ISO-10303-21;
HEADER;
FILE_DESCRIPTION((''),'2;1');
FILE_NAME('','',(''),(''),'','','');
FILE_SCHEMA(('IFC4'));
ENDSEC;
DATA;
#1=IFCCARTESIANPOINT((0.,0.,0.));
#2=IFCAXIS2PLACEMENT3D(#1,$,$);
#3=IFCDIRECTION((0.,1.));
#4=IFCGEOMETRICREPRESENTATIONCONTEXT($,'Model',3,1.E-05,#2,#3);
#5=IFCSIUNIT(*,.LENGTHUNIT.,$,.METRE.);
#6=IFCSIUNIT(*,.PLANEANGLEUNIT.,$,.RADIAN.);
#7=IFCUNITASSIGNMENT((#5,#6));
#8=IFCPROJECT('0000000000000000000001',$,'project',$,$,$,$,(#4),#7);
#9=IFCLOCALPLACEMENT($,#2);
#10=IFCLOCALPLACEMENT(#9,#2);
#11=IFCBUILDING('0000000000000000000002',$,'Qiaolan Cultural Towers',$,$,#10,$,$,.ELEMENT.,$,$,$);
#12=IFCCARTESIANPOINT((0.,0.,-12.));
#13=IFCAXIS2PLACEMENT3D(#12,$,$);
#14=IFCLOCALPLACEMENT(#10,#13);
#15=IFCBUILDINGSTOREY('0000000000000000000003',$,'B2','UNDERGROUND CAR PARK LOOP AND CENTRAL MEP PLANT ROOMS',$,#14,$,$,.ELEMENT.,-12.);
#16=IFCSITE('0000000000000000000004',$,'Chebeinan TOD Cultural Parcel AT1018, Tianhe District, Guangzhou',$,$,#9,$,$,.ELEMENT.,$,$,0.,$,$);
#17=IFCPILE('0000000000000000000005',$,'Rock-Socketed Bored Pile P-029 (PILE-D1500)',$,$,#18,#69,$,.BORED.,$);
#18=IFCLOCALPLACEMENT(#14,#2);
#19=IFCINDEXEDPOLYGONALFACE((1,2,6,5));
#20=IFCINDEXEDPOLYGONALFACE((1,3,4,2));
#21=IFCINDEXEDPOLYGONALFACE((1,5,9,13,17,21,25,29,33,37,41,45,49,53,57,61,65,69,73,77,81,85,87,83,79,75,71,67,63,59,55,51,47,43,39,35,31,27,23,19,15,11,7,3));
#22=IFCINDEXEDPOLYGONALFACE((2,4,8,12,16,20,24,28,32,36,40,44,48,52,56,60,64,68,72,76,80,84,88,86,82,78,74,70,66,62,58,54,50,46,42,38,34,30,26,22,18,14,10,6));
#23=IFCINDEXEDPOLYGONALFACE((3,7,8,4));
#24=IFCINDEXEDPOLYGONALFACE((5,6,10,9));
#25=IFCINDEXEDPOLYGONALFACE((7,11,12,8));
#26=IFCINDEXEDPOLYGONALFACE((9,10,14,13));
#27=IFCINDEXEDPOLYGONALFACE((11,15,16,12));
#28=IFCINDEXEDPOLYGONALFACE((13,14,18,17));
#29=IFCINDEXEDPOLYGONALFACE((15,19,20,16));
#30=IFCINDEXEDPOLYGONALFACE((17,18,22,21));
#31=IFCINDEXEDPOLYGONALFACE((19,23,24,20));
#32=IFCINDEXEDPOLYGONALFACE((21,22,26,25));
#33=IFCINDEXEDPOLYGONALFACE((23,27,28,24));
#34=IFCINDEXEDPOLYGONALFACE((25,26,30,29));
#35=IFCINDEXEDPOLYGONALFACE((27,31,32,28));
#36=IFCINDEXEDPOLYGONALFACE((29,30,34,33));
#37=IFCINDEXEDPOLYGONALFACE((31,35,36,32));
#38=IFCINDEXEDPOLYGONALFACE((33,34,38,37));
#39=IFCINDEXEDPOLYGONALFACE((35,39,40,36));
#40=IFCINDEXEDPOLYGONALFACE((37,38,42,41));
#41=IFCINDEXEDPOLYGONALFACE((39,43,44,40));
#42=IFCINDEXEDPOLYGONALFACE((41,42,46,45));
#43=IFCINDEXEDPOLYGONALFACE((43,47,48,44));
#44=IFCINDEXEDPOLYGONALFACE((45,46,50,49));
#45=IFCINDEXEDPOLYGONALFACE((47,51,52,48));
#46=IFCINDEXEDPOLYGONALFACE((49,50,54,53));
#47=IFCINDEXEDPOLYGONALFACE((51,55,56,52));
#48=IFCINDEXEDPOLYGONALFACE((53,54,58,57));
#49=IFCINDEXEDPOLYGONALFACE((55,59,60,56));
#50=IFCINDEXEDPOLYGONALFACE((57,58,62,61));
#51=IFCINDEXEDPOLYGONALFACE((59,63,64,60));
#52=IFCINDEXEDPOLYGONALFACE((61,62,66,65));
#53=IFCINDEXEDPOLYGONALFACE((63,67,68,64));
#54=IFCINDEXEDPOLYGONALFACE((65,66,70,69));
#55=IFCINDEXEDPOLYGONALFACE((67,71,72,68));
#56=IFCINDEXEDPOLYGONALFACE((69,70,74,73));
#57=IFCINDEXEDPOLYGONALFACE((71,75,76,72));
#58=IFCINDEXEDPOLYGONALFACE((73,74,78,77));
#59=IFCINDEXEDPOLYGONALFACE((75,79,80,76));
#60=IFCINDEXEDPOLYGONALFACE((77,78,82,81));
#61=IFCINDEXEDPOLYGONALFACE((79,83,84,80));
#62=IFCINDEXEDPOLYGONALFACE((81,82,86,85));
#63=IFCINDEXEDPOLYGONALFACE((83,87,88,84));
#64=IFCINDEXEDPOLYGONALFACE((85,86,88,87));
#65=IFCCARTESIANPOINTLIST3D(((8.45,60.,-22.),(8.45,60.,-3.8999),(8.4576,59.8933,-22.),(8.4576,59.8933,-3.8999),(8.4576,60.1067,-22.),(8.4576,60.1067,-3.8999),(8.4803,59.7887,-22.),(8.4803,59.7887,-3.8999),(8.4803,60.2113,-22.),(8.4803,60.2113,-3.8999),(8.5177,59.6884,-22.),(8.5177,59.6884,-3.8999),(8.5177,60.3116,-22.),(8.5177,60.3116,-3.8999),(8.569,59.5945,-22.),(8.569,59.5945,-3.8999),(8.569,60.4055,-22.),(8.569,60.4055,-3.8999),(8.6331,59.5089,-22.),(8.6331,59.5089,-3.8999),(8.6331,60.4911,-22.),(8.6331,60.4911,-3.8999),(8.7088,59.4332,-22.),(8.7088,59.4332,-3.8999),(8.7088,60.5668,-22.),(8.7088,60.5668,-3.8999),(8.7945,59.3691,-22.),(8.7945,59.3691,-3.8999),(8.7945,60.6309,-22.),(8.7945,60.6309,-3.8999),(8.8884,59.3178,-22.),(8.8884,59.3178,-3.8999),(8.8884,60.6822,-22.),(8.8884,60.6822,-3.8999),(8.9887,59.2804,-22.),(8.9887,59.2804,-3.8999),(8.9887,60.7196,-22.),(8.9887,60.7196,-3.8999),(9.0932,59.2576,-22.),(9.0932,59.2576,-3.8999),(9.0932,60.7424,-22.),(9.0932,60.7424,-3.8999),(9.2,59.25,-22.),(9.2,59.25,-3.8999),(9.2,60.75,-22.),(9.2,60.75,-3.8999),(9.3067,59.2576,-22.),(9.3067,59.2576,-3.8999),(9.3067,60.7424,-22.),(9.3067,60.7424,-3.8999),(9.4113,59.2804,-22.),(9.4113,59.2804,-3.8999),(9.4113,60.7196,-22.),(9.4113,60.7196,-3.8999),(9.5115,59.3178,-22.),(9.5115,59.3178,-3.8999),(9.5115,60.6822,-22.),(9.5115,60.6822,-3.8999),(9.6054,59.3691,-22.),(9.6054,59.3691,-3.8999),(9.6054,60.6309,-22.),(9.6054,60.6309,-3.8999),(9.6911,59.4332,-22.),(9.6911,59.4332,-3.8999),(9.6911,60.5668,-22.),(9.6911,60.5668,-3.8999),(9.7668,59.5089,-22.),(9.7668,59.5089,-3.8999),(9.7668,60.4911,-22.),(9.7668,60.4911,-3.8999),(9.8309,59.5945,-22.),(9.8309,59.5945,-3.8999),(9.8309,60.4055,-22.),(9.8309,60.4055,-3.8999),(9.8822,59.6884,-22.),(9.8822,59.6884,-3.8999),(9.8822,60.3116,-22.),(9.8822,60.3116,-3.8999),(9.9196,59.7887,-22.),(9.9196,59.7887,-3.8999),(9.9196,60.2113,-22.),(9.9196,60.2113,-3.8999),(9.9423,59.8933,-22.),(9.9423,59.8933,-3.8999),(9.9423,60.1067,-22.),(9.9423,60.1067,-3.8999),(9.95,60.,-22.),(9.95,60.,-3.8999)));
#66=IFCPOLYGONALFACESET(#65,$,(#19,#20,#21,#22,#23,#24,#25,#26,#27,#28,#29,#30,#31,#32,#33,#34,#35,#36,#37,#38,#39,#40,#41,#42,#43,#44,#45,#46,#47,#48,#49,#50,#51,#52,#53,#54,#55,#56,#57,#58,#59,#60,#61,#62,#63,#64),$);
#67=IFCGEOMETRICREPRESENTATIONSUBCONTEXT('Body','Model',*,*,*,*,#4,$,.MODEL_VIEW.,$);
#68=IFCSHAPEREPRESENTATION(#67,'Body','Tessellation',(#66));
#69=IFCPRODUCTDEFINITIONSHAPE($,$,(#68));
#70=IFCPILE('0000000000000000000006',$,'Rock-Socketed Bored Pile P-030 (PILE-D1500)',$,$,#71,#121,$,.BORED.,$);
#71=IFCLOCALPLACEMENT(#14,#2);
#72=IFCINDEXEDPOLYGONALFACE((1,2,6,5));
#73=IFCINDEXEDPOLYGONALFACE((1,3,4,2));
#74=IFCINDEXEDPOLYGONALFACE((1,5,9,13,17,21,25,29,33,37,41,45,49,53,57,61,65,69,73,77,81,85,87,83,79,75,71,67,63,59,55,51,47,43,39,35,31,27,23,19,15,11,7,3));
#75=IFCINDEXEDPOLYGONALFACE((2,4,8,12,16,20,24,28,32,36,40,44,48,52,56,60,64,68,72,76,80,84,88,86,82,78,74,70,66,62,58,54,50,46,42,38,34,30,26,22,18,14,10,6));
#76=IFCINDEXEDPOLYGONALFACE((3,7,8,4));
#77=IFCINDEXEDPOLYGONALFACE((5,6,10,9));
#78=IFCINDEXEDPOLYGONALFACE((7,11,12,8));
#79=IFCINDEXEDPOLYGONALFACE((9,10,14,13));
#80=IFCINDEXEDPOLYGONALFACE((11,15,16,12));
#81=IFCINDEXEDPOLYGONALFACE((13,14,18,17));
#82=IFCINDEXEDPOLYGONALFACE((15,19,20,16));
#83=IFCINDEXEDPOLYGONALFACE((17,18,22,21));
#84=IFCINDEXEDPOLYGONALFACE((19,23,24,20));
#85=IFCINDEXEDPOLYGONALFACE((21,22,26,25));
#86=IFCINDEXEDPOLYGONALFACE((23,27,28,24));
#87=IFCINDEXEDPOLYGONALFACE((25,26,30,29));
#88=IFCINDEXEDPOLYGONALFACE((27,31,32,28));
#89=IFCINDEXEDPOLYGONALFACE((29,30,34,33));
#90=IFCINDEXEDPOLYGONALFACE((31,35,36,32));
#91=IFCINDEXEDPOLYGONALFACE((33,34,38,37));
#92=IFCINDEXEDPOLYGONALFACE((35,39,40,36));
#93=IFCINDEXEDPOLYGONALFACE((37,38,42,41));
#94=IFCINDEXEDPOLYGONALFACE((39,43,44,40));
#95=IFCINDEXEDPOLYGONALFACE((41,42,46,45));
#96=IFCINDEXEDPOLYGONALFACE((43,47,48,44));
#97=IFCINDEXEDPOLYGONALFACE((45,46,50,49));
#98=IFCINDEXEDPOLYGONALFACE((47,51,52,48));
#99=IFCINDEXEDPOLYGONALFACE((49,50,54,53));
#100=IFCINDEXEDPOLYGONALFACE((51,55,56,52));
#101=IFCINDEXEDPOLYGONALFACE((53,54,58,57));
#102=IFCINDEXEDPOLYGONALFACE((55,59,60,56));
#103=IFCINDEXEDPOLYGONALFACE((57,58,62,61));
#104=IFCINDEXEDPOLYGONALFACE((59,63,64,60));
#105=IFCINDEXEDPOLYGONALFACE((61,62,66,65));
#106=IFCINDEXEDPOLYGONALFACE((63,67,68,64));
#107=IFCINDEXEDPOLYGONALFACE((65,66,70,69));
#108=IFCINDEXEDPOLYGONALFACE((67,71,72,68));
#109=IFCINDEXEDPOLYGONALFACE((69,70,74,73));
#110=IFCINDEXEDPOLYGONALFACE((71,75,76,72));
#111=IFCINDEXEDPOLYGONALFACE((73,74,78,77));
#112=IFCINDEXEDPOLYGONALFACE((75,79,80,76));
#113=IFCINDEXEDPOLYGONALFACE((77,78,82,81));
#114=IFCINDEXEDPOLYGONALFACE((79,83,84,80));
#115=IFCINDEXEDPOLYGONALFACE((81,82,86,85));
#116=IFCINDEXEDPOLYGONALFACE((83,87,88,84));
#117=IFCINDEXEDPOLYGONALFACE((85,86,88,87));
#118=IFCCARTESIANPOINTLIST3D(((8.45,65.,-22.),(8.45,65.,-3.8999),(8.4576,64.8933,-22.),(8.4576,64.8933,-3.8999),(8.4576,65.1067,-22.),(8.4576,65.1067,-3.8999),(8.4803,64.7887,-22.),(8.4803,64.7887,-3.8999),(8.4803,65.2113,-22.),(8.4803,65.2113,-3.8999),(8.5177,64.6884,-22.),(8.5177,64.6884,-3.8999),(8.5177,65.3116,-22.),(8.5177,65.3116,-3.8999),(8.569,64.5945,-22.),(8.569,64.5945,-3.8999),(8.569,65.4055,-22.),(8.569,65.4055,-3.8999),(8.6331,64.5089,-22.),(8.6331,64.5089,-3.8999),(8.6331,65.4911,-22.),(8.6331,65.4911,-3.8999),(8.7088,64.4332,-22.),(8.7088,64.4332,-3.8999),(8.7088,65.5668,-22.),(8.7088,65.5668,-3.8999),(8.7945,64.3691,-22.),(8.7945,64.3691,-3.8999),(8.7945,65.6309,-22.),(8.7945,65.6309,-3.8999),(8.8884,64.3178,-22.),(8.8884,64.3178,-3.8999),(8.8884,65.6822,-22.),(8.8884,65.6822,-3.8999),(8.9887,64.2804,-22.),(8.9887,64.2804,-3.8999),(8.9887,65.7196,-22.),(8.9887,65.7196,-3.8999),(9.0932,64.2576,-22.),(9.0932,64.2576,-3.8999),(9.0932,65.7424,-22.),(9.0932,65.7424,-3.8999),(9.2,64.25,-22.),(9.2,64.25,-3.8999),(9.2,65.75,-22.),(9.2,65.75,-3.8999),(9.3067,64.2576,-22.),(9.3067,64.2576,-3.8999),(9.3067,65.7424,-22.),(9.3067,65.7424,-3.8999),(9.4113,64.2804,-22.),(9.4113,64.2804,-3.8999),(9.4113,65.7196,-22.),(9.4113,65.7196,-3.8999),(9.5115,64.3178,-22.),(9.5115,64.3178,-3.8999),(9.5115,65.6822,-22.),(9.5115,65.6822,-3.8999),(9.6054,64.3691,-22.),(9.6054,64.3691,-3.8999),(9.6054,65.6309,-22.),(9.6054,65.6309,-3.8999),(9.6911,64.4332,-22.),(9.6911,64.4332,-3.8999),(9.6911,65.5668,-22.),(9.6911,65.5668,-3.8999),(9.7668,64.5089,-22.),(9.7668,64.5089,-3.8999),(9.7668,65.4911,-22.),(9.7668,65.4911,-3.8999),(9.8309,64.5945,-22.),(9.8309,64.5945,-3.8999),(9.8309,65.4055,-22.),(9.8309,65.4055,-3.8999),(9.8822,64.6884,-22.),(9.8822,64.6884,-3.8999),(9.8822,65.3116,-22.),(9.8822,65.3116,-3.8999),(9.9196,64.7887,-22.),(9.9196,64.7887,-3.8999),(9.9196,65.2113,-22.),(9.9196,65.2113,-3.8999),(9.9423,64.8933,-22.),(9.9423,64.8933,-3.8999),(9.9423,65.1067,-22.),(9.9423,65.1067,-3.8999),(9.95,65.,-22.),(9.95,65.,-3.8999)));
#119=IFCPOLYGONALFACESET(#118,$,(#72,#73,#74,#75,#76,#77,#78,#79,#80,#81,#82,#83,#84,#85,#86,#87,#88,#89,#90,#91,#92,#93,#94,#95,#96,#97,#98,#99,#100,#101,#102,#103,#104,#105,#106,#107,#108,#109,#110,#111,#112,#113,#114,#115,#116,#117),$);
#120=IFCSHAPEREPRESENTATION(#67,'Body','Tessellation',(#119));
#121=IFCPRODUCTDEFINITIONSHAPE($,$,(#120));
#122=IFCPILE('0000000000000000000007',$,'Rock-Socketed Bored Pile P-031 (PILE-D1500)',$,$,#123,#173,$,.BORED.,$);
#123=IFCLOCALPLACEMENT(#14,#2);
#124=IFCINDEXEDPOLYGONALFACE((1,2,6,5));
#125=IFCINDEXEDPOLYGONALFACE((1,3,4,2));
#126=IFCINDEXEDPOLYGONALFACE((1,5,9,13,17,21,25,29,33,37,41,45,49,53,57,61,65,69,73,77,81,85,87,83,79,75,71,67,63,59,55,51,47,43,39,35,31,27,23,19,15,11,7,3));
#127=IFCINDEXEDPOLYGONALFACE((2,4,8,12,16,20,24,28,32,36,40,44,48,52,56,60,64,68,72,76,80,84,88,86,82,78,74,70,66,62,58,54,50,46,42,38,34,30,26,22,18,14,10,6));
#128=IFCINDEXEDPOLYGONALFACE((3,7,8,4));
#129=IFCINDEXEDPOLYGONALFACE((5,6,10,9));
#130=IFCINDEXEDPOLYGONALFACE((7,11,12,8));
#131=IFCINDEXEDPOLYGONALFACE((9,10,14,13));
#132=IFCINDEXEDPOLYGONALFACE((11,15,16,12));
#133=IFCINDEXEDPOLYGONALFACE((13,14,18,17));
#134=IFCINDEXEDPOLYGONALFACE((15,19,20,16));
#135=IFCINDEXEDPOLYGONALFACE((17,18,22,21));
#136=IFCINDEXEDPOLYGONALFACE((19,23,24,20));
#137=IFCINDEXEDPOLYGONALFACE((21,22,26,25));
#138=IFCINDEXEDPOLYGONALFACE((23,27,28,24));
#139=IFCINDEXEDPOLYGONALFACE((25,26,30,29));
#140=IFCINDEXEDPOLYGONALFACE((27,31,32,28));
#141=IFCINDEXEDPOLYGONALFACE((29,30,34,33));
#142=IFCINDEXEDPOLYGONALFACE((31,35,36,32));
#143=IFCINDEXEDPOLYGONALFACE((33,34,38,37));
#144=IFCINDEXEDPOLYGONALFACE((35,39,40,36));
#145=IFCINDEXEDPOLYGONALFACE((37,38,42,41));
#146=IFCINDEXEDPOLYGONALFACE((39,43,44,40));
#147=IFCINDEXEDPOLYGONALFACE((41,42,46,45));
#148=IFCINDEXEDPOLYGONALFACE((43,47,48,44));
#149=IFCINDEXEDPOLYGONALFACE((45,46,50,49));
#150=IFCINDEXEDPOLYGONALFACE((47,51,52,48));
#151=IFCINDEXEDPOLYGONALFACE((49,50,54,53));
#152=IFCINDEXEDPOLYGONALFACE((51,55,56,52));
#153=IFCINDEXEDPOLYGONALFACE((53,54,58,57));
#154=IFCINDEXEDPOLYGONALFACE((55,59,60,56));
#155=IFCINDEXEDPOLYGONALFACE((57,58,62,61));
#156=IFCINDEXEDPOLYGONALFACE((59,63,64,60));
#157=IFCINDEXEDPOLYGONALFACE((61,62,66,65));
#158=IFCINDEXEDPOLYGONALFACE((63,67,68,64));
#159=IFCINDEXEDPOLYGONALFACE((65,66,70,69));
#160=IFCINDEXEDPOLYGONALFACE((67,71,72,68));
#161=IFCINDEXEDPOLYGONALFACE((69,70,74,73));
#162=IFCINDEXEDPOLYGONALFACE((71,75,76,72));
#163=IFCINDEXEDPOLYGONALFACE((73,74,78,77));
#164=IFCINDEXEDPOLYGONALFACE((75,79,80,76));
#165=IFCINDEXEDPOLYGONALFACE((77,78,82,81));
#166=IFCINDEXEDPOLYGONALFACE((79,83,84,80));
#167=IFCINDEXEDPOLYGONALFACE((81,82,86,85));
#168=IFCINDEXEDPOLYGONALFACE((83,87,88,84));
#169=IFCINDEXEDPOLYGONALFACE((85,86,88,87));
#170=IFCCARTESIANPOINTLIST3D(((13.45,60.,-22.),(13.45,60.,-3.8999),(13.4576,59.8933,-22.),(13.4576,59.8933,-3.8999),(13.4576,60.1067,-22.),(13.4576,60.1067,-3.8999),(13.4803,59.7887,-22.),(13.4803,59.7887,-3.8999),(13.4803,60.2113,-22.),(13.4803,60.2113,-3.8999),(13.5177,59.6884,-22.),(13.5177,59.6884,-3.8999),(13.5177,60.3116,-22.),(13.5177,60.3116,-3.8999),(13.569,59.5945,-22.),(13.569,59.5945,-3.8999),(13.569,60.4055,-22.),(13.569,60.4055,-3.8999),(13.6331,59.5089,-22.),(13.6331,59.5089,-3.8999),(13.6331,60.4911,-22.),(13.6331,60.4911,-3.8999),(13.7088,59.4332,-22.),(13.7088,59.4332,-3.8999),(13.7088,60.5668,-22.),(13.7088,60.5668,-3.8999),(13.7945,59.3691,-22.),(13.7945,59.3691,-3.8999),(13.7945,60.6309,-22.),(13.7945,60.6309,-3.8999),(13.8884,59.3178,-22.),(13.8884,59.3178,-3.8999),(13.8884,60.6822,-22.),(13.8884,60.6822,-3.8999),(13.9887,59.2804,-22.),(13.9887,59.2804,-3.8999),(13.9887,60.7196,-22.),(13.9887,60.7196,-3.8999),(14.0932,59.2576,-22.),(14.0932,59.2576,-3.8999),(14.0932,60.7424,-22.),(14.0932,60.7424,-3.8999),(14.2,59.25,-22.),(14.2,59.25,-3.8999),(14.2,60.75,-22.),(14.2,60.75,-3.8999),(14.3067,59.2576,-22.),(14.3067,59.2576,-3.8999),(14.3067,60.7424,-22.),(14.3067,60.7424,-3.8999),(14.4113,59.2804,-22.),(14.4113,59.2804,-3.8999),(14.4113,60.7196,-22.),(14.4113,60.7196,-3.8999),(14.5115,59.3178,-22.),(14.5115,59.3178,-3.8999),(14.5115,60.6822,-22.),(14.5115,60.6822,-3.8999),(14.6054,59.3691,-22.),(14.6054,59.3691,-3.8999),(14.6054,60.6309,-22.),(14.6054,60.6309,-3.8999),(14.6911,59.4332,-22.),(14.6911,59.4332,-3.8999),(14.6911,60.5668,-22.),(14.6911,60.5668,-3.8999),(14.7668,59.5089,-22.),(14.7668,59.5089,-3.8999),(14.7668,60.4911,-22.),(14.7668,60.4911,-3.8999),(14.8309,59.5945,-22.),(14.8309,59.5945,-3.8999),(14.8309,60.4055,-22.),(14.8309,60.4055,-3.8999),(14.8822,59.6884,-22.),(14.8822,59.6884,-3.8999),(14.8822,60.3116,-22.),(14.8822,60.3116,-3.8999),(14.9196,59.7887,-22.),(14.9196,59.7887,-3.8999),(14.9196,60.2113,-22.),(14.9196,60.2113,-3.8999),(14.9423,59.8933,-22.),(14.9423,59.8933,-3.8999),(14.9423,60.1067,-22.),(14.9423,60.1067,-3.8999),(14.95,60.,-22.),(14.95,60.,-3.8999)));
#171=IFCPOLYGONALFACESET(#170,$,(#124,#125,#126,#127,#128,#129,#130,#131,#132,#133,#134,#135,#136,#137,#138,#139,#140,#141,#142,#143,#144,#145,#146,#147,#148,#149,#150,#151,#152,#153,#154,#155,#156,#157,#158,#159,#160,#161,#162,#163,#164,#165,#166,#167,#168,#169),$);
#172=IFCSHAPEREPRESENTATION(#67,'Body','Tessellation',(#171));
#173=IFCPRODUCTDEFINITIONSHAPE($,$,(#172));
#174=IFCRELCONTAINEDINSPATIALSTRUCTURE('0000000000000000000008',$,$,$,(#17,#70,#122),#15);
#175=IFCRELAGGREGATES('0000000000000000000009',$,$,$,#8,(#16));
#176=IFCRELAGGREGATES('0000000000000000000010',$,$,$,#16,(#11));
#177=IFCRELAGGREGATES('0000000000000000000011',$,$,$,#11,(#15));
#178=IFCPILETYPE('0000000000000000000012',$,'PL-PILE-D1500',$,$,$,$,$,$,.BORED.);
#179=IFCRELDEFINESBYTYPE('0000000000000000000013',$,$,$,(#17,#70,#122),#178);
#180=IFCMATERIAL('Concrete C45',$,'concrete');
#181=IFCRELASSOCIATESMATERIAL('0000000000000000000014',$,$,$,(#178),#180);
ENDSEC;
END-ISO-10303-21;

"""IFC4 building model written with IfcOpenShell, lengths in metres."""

from ifc_helpers import new_model, si_unit, direction, frame, origin, origin_2d, place, context, subcontext, project, spatial, circle, extrude, material, material_profile, profile_set, type_object, element, save


model = new_model("IFC4")

# Units and contexts
model_context = context("Model", 3, precision=1e-05, world=origin(), true_north=direction((0.0, 1.0)))
body_context = subcontext(model_context, "Body", "Model", "MODEL_VIEW")
ifc_project = project(units=[si_unit("LENGTHUNIT", "METRE"), si_unit("PLANEANGLEUNIT", "RADIAN")], contexts=[model_context])

# Site, building, storey
site_placement = place(None, origin())
site = spatial("IfcSite", under=ifc_project, at=site_placement, Name="Chebeinan TOD Cultural Parcel AT1018, Tianhe District, Guangzhou", CompositionType="ELEMENT", RefElevation=0.0)
building_placement = place(site_placement, origin())
building = spatial("IfcBuilding", under=site, at=building_placement, Name="Qiaolan Cultural Towers", CompositionType="ELEMENT")
storey_placement = place(building_placement, frame((0.0, 0.0, -12.0)))
storey = spatial("IfcBuildingStorey", under=building, at=storey_placement, Name="B2", Description="UNDERGROUND CAR PARK LOOP AND CENTRAL MEP PLANT ROOMS", CompositionType="ELEMENT", Elevation=-12.0)

# Piles
ifc_material_1 = material(Name="Concrete C45", Category="concrete")
ifc_material_profile_1 = material_profile(ifc_material_1, circle(Radius=0.75, at=origin_2d()), Name="PILE-D1500")
ifc_profile_set_1 = profile_set([ifc_material_profile_1], Name="Concrete C45")
pile_type_1 = type_object("IfcPileType", Name="PL-PILE-D1500", PredefinedType="BORED", material=ifc_profile_set_1)
for number, where, z_axis, x_axis, name in (
    (1, (9.2, 60.0, -3.8999), (0.0, 0.0, -1.0), (1.0, 0.0, 0.0), "Rock-Socketed Bored Pile P-029 (PILE-D1500)"),
    (2, (9.2, 65.0, -3.8999), (0.0, 0.0, -1.0), (1.0, 0.0, 0.0), "Rock-Socketed Bored Pile P-030 (PILE-D1500)"),
    (3, (14.2, 60.0, -3.8999), (0.0, 0.0, -1.0), (1.0, 0.0, 0.0), "Rock-Socketed Bored Pile P-031 (PILE-D1500)"),
):
    element("IfcPile", number, at=place(storey_placement, frame(where, z_axis=z_axis, x_axis=x_axis)), inside=storey, type_object=pile_type_1, Name=name, PredefinedType="BORED", context=body_context, shape_type="SweptSolid", body=[
        extrude(circle(Radius=0.75, at=origin_2d()), origin(), (0.0, 0.0, 1.0), 18.1001),
    ])

save(model, "model.ifc")
